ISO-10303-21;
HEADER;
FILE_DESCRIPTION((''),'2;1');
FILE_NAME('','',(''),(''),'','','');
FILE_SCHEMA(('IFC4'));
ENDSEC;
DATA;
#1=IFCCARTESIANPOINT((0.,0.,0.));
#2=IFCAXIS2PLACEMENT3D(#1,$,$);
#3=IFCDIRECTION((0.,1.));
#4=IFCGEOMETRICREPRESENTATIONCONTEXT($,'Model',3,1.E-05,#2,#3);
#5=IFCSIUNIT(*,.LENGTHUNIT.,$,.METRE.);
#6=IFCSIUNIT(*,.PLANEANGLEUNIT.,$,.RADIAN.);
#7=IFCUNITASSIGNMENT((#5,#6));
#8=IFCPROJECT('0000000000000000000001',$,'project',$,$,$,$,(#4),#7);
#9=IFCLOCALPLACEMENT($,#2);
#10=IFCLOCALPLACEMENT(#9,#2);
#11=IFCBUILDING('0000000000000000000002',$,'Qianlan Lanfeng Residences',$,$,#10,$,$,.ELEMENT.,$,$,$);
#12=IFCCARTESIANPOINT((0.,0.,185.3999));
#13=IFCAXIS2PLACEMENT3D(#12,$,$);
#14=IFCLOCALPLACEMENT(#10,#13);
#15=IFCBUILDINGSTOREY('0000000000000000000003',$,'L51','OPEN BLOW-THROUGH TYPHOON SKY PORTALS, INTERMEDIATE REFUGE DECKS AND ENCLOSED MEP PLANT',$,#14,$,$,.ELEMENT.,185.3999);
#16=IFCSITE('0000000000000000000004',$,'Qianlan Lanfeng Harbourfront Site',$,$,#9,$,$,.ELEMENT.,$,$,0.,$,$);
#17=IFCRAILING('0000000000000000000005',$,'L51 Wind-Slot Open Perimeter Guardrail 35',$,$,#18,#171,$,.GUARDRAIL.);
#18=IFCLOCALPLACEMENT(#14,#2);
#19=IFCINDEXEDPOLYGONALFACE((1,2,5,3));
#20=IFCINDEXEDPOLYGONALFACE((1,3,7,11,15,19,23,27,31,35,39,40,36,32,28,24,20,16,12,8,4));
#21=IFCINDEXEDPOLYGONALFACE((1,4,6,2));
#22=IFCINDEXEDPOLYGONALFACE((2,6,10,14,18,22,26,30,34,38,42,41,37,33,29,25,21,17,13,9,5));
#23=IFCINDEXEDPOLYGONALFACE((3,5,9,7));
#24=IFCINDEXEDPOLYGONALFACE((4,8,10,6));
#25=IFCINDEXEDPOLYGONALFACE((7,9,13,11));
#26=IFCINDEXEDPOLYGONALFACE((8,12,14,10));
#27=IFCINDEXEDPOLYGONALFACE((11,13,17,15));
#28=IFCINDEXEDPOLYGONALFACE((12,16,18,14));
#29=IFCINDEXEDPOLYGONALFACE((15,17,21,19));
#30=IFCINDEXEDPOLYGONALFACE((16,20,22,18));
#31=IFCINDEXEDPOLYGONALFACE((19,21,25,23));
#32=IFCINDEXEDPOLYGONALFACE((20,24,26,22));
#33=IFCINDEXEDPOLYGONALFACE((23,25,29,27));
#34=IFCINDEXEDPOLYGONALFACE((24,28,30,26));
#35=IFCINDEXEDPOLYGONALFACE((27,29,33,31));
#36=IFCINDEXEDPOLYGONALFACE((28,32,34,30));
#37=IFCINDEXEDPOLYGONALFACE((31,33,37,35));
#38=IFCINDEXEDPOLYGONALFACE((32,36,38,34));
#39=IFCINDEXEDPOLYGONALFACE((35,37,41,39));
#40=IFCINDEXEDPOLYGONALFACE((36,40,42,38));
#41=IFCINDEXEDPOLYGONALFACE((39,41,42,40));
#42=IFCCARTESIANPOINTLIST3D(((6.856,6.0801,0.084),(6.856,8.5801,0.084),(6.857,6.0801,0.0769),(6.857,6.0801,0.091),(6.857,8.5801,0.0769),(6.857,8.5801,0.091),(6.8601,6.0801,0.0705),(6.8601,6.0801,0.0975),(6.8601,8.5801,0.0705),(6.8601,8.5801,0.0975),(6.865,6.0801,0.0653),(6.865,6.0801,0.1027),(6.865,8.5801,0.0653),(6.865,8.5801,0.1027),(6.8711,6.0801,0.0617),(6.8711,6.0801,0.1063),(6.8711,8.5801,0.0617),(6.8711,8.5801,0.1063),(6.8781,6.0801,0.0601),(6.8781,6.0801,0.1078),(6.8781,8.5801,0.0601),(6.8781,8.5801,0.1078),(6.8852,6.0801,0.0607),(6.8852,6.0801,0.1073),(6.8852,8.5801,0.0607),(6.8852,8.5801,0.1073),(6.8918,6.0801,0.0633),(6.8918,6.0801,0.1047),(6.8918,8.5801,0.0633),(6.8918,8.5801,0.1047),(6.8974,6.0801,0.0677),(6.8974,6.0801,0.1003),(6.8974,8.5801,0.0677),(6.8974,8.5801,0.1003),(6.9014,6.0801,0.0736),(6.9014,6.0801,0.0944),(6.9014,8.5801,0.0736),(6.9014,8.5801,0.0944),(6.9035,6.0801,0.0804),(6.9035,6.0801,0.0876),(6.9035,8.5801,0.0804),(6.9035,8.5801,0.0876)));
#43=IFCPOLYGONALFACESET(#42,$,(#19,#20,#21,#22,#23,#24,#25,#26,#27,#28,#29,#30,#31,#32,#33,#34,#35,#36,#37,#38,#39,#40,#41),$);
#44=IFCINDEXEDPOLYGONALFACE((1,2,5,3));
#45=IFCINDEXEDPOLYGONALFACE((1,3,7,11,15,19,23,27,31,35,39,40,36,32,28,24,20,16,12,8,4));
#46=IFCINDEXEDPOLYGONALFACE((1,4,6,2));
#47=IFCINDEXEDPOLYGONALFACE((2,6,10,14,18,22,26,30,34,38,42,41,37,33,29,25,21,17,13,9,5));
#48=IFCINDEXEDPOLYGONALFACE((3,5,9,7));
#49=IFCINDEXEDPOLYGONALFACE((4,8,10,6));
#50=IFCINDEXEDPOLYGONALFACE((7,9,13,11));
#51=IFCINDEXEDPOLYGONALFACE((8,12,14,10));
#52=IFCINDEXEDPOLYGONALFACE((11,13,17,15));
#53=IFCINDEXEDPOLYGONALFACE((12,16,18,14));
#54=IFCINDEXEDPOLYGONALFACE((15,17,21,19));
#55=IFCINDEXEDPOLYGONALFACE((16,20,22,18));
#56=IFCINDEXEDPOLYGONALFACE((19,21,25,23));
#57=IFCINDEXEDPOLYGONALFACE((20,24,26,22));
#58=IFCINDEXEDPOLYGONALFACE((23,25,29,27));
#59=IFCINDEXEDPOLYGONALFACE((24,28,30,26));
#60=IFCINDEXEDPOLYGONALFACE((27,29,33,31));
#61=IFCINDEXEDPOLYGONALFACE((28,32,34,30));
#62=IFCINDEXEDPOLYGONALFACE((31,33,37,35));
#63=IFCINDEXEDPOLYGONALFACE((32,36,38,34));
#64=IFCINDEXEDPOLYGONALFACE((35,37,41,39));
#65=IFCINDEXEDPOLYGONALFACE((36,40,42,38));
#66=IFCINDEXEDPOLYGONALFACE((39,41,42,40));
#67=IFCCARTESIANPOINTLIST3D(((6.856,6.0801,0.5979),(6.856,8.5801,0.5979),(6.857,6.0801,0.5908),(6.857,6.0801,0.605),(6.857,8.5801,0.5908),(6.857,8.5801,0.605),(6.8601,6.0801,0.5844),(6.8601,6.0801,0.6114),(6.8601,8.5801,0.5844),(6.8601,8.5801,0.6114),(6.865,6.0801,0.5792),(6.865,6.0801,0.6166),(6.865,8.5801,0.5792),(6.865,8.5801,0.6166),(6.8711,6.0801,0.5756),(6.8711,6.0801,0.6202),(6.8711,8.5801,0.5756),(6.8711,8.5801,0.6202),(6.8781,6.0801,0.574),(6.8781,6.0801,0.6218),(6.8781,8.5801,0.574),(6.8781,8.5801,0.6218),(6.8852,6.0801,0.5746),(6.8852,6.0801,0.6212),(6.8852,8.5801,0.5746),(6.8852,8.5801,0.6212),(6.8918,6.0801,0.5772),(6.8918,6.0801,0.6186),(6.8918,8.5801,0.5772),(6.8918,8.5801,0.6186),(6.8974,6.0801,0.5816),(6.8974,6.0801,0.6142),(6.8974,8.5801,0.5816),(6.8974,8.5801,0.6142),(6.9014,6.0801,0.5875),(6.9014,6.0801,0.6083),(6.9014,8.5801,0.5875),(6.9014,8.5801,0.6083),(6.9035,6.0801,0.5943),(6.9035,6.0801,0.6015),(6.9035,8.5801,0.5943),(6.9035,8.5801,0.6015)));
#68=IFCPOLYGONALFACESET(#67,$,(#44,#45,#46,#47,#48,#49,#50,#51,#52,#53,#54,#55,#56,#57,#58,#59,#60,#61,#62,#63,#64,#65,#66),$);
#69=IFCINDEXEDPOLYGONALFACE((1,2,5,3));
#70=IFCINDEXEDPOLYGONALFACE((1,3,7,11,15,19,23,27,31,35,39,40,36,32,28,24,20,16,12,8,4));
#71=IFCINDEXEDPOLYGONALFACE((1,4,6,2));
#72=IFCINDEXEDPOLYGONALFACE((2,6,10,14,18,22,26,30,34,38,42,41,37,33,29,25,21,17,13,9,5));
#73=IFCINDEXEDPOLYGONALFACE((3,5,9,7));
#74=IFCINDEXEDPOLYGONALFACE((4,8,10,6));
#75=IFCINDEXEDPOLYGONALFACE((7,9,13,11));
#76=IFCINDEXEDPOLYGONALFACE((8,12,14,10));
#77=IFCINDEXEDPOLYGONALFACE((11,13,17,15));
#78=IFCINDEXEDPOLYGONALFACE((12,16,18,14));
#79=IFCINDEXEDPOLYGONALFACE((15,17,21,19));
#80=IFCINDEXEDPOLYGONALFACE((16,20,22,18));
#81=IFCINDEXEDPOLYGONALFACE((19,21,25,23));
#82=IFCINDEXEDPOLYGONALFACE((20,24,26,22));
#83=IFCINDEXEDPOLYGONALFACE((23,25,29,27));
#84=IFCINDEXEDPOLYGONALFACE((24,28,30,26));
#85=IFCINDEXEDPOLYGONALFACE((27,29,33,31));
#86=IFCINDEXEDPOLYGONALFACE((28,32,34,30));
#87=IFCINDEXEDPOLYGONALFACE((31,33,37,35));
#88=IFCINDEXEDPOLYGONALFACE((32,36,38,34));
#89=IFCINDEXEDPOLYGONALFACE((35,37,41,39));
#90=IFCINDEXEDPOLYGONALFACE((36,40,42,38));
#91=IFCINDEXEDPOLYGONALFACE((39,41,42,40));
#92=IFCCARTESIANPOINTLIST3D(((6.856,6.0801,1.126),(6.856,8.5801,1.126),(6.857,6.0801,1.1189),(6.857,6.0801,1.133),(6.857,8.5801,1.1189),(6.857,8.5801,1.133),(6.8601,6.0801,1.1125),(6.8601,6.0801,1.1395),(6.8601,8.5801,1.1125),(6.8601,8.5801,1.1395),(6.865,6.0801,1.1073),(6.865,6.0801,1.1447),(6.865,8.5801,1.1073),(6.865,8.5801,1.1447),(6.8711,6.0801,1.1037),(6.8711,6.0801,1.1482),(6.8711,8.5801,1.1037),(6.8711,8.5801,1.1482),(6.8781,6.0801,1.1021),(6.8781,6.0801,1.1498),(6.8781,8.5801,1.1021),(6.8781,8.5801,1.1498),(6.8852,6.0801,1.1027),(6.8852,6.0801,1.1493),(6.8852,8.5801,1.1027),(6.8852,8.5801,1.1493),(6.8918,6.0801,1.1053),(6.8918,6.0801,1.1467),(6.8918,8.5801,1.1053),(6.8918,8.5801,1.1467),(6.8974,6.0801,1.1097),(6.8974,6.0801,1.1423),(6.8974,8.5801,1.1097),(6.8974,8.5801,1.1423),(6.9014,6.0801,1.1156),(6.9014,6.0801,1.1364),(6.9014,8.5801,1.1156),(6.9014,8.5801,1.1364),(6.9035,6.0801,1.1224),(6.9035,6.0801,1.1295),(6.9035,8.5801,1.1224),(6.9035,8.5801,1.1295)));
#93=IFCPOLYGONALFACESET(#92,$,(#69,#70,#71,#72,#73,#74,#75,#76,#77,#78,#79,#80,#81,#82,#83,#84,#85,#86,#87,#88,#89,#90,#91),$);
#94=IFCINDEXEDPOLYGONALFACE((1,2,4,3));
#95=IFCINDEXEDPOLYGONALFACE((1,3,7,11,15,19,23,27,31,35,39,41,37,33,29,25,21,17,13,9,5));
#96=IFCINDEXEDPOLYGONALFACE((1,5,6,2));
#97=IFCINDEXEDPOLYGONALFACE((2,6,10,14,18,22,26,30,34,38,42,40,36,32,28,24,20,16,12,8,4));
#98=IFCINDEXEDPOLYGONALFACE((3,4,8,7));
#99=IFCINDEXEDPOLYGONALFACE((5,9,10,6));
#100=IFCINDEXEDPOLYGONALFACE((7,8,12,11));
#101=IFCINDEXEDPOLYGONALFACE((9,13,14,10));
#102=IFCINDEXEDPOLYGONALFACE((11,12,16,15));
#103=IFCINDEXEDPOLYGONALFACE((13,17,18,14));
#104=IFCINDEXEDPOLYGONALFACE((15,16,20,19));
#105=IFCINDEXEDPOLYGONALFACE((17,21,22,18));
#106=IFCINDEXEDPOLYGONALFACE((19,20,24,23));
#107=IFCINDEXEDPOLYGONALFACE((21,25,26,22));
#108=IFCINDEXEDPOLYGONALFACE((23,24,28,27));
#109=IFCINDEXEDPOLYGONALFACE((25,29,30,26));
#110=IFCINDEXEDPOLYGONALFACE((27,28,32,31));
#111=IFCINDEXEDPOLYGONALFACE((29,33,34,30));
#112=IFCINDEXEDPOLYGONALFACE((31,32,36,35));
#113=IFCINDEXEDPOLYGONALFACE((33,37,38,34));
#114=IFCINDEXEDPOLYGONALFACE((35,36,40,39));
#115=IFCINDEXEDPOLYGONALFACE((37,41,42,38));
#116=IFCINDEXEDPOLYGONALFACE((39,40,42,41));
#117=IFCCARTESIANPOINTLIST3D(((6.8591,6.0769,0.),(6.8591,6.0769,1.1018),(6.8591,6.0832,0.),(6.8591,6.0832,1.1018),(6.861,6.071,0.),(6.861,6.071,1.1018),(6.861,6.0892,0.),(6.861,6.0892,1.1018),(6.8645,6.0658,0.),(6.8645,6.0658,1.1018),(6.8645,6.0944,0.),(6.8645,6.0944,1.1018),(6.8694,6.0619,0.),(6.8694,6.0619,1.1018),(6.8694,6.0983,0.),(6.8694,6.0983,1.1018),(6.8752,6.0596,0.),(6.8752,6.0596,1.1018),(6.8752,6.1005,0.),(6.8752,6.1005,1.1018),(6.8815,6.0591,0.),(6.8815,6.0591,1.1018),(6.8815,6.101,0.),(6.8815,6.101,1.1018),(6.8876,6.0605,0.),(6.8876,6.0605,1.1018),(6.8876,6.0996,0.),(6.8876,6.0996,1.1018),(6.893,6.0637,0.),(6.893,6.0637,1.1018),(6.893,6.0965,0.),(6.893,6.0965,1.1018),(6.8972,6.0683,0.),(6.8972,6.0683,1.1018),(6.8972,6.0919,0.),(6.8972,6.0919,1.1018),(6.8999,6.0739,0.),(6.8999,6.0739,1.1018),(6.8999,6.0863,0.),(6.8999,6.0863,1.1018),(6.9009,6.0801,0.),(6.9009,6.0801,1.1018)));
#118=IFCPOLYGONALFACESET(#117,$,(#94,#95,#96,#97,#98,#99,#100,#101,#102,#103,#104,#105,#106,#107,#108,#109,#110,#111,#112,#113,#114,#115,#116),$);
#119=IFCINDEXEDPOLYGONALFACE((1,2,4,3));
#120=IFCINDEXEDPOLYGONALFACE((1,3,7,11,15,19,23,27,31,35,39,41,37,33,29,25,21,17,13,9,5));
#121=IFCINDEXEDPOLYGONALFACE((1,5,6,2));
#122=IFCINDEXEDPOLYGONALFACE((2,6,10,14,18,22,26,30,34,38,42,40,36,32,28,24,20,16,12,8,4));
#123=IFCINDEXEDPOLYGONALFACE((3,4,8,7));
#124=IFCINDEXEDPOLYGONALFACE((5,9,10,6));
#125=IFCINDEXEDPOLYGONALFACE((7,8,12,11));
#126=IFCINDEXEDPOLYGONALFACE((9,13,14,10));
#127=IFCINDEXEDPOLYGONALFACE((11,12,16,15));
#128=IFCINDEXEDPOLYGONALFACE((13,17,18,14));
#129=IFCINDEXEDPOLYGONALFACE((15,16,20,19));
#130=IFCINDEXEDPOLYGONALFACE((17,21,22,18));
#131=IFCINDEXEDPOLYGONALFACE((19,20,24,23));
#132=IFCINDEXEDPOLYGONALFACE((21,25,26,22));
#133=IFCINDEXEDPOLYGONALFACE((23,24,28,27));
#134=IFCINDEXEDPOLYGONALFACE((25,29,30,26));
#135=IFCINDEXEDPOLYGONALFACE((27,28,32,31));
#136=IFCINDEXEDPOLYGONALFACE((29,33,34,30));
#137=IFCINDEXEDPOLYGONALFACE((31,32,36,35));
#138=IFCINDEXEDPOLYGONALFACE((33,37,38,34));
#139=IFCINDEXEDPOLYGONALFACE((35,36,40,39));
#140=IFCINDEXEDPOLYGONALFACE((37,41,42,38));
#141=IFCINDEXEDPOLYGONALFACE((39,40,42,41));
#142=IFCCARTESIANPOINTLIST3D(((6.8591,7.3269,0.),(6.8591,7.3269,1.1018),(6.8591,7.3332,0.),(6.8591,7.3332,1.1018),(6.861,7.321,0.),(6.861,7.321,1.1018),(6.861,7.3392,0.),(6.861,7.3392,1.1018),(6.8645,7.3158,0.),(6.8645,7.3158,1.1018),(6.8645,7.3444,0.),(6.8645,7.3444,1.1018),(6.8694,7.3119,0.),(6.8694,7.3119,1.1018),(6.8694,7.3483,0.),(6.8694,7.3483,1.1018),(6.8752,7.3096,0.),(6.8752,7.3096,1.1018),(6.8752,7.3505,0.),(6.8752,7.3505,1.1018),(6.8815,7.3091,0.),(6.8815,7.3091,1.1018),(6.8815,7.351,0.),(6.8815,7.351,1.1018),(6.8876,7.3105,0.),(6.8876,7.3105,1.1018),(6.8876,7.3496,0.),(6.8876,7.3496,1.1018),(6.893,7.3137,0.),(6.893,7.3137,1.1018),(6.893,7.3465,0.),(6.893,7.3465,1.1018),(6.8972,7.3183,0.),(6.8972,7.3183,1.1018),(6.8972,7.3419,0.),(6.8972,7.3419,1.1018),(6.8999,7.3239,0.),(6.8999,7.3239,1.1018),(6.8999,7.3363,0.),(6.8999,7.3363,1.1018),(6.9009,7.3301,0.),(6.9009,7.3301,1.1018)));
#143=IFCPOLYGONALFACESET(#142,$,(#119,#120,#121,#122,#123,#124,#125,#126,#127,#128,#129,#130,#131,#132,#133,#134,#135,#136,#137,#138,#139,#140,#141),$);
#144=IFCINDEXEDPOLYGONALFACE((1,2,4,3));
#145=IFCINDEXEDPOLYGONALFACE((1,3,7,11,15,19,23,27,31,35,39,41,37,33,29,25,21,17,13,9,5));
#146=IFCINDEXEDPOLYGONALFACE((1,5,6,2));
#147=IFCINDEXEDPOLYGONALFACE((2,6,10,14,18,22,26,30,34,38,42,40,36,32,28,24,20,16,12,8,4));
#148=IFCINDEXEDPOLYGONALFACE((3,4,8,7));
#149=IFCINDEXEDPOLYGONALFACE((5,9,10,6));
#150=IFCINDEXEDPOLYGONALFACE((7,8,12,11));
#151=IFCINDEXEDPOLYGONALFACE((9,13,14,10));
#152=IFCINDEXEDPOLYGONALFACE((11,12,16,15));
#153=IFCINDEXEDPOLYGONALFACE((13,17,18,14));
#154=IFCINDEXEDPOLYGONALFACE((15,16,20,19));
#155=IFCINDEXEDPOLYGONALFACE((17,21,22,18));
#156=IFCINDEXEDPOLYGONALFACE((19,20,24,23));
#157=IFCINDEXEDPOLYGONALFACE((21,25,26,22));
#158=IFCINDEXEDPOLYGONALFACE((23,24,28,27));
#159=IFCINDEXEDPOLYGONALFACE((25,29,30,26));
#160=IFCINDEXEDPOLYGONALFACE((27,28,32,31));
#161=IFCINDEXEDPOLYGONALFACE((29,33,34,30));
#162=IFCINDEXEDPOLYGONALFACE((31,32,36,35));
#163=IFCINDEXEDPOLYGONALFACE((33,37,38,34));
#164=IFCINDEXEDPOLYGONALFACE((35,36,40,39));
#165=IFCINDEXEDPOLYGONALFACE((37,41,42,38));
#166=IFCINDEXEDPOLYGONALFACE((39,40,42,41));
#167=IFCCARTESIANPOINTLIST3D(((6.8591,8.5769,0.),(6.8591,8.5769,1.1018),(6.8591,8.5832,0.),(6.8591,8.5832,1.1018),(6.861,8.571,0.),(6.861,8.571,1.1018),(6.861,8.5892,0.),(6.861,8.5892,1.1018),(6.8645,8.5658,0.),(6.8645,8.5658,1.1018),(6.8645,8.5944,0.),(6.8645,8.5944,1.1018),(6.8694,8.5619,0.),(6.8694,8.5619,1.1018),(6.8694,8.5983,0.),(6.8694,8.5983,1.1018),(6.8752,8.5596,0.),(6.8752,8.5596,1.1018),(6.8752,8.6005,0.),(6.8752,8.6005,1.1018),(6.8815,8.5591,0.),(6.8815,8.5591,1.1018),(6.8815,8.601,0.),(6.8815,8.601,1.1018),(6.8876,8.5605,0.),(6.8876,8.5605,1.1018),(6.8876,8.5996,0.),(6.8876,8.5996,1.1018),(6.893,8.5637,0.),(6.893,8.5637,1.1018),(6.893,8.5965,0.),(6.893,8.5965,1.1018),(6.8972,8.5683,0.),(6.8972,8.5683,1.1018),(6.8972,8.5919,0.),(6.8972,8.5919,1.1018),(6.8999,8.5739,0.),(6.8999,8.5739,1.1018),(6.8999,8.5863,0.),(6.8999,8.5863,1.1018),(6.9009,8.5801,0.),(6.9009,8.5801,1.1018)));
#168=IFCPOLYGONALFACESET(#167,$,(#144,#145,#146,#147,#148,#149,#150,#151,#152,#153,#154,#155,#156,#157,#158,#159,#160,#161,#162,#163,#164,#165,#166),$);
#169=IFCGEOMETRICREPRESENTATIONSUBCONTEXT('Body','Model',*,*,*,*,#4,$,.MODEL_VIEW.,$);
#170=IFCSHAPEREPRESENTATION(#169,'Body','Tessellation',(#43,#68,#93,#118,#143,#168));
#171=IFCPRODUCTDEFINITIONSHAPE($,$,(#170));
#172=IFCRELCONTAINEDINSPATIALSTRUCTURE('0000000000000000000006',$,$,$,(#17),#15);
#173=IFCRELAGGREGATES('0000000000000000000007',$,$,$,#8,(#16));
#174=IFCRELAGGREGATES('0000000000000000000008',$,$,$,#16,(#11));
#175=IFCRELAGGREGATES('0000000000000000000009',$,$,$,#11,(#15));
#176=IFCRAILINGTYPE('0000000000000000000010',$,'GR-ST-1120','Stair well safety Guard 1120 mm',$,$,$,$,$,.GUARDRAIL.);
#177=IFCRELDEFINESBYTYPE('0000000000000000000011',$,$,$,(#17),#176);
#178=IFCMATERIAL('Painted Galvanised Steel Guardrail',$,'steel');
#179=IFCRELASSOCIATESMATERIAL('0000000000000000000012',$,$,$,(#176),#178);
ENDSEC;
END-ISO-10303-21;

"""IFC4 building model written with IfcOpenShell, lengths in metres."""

from ifc_helpers import new_model, si_unit, direction, frame, origin, origin_2d, place, context, subcontext, project, spatial, circle, extrude, material, type_object, element, save


model = new_model("IFC4")

# Units and contexts
model_context = context("Model", 3, precision=1e-05, world=origin(), true_north=direction((0.0, 1.0)))
body_context = subcontext(model_context, "Body", "Model", "MODEL_VIEW")
ifc_project = project(units=[si_unit("LENGTHUNIT", "METRE"), si_unit("PLANEANGLEUNIT", "RADIAN")], contexts=[model_context])

# Site, building, storey
site_placement = place(None, origin())
site = spatial("IfcSite", under=ifc_project, at=site_placement, Name="Qianlan Lanfeng Harbourfront Site", CompositionType="ELEMENT", RefElevation=0.0)
building_placement = place(site_placement, origin())
building = spatial("IfcBuilding", under=site, at=building_placement, Name="Qianlan Lanfeng Residences", CompositionType="ELEMENT")
storey_placement = place(building_placement, frame((0.0, 0.0, 185.3999)))
storey = spatial("IfcBuildingStorey", under=building, at=storey_placement, Name="L51", Description="OPEN BLOW-THROUGH TYPHOON SKY PORTALS, INTERMEDIATE REFUGE DECKS AND ENCLOSED MEP PLANT", CompositionType="ELEMENT", Elevation=185.3999)

# Railing
ifc_material_1 = material(Name="Painted Galvanised Steel Guardrail", Category="steel")
railing_type = type_object("IfcRailingType", Name="GR-ST-1120", Description="Stair well safety Guard 1120 mm", PredefinedType="GUARDRAIL", material=ifc_material_1)
railing_1_placement = place(storey_placement, frame((6.8799, 6.0801, 0.0)))
element("IfcRailing", 1, at=railing_1_placement, inside=storey, type_object=railing_type, Name="L51 Wind-Slot Open Perimeter Guardrail 35", PredefinedType="GUARDRAIL", context=body_context, shape_type="SweptSolid", body=[
    extrude(circle(Radius=0.0239, at=origin_2d()), frame((0.0, 0.0, 0.084), z_axis=(0.0, 1.0, 0.0), x_axis=(-1.0, 0.0, 0.0)), (0.0, 0.0, 1.0), 2.5),
    extrude(circle(Radius=0.0239, at=origin_2d()), frame((0.0, 0.0, 0.5979), z_axis=(0.0, 1.0, 0.0), x_axis=(-1.0, 0.0, 0.0)), (0.0, 0.0, 1.0), 2.5),
    extrude(circle(Radius=0.0239, at=origin_2d()), frame((0.0, 0.0, 1.126), z_axis=(0.0, 1.0, 0.0), x_axis=(-1.0, 0.0, 0.0)), (0.0, 0.0, 1.0), 2.5),
    extrude(circle(Radius=0.021, at=origin_2d()), origin(), (0.0, 0.0, 1.0), 1.1018),
    extrude(circle(Radius=0.021, at=origin_2d()), frame((0.0, 1.25, 0.0)), (0.0, 0.0, 1.0), 1.1018),
    extrude(circle(Radius=0.021, at=origin_2d()), frame((0.0, 2.5, 0.0)), (0.0, 0.0, 1.0), 1.1018),
])

save(model, "model.ifc")
